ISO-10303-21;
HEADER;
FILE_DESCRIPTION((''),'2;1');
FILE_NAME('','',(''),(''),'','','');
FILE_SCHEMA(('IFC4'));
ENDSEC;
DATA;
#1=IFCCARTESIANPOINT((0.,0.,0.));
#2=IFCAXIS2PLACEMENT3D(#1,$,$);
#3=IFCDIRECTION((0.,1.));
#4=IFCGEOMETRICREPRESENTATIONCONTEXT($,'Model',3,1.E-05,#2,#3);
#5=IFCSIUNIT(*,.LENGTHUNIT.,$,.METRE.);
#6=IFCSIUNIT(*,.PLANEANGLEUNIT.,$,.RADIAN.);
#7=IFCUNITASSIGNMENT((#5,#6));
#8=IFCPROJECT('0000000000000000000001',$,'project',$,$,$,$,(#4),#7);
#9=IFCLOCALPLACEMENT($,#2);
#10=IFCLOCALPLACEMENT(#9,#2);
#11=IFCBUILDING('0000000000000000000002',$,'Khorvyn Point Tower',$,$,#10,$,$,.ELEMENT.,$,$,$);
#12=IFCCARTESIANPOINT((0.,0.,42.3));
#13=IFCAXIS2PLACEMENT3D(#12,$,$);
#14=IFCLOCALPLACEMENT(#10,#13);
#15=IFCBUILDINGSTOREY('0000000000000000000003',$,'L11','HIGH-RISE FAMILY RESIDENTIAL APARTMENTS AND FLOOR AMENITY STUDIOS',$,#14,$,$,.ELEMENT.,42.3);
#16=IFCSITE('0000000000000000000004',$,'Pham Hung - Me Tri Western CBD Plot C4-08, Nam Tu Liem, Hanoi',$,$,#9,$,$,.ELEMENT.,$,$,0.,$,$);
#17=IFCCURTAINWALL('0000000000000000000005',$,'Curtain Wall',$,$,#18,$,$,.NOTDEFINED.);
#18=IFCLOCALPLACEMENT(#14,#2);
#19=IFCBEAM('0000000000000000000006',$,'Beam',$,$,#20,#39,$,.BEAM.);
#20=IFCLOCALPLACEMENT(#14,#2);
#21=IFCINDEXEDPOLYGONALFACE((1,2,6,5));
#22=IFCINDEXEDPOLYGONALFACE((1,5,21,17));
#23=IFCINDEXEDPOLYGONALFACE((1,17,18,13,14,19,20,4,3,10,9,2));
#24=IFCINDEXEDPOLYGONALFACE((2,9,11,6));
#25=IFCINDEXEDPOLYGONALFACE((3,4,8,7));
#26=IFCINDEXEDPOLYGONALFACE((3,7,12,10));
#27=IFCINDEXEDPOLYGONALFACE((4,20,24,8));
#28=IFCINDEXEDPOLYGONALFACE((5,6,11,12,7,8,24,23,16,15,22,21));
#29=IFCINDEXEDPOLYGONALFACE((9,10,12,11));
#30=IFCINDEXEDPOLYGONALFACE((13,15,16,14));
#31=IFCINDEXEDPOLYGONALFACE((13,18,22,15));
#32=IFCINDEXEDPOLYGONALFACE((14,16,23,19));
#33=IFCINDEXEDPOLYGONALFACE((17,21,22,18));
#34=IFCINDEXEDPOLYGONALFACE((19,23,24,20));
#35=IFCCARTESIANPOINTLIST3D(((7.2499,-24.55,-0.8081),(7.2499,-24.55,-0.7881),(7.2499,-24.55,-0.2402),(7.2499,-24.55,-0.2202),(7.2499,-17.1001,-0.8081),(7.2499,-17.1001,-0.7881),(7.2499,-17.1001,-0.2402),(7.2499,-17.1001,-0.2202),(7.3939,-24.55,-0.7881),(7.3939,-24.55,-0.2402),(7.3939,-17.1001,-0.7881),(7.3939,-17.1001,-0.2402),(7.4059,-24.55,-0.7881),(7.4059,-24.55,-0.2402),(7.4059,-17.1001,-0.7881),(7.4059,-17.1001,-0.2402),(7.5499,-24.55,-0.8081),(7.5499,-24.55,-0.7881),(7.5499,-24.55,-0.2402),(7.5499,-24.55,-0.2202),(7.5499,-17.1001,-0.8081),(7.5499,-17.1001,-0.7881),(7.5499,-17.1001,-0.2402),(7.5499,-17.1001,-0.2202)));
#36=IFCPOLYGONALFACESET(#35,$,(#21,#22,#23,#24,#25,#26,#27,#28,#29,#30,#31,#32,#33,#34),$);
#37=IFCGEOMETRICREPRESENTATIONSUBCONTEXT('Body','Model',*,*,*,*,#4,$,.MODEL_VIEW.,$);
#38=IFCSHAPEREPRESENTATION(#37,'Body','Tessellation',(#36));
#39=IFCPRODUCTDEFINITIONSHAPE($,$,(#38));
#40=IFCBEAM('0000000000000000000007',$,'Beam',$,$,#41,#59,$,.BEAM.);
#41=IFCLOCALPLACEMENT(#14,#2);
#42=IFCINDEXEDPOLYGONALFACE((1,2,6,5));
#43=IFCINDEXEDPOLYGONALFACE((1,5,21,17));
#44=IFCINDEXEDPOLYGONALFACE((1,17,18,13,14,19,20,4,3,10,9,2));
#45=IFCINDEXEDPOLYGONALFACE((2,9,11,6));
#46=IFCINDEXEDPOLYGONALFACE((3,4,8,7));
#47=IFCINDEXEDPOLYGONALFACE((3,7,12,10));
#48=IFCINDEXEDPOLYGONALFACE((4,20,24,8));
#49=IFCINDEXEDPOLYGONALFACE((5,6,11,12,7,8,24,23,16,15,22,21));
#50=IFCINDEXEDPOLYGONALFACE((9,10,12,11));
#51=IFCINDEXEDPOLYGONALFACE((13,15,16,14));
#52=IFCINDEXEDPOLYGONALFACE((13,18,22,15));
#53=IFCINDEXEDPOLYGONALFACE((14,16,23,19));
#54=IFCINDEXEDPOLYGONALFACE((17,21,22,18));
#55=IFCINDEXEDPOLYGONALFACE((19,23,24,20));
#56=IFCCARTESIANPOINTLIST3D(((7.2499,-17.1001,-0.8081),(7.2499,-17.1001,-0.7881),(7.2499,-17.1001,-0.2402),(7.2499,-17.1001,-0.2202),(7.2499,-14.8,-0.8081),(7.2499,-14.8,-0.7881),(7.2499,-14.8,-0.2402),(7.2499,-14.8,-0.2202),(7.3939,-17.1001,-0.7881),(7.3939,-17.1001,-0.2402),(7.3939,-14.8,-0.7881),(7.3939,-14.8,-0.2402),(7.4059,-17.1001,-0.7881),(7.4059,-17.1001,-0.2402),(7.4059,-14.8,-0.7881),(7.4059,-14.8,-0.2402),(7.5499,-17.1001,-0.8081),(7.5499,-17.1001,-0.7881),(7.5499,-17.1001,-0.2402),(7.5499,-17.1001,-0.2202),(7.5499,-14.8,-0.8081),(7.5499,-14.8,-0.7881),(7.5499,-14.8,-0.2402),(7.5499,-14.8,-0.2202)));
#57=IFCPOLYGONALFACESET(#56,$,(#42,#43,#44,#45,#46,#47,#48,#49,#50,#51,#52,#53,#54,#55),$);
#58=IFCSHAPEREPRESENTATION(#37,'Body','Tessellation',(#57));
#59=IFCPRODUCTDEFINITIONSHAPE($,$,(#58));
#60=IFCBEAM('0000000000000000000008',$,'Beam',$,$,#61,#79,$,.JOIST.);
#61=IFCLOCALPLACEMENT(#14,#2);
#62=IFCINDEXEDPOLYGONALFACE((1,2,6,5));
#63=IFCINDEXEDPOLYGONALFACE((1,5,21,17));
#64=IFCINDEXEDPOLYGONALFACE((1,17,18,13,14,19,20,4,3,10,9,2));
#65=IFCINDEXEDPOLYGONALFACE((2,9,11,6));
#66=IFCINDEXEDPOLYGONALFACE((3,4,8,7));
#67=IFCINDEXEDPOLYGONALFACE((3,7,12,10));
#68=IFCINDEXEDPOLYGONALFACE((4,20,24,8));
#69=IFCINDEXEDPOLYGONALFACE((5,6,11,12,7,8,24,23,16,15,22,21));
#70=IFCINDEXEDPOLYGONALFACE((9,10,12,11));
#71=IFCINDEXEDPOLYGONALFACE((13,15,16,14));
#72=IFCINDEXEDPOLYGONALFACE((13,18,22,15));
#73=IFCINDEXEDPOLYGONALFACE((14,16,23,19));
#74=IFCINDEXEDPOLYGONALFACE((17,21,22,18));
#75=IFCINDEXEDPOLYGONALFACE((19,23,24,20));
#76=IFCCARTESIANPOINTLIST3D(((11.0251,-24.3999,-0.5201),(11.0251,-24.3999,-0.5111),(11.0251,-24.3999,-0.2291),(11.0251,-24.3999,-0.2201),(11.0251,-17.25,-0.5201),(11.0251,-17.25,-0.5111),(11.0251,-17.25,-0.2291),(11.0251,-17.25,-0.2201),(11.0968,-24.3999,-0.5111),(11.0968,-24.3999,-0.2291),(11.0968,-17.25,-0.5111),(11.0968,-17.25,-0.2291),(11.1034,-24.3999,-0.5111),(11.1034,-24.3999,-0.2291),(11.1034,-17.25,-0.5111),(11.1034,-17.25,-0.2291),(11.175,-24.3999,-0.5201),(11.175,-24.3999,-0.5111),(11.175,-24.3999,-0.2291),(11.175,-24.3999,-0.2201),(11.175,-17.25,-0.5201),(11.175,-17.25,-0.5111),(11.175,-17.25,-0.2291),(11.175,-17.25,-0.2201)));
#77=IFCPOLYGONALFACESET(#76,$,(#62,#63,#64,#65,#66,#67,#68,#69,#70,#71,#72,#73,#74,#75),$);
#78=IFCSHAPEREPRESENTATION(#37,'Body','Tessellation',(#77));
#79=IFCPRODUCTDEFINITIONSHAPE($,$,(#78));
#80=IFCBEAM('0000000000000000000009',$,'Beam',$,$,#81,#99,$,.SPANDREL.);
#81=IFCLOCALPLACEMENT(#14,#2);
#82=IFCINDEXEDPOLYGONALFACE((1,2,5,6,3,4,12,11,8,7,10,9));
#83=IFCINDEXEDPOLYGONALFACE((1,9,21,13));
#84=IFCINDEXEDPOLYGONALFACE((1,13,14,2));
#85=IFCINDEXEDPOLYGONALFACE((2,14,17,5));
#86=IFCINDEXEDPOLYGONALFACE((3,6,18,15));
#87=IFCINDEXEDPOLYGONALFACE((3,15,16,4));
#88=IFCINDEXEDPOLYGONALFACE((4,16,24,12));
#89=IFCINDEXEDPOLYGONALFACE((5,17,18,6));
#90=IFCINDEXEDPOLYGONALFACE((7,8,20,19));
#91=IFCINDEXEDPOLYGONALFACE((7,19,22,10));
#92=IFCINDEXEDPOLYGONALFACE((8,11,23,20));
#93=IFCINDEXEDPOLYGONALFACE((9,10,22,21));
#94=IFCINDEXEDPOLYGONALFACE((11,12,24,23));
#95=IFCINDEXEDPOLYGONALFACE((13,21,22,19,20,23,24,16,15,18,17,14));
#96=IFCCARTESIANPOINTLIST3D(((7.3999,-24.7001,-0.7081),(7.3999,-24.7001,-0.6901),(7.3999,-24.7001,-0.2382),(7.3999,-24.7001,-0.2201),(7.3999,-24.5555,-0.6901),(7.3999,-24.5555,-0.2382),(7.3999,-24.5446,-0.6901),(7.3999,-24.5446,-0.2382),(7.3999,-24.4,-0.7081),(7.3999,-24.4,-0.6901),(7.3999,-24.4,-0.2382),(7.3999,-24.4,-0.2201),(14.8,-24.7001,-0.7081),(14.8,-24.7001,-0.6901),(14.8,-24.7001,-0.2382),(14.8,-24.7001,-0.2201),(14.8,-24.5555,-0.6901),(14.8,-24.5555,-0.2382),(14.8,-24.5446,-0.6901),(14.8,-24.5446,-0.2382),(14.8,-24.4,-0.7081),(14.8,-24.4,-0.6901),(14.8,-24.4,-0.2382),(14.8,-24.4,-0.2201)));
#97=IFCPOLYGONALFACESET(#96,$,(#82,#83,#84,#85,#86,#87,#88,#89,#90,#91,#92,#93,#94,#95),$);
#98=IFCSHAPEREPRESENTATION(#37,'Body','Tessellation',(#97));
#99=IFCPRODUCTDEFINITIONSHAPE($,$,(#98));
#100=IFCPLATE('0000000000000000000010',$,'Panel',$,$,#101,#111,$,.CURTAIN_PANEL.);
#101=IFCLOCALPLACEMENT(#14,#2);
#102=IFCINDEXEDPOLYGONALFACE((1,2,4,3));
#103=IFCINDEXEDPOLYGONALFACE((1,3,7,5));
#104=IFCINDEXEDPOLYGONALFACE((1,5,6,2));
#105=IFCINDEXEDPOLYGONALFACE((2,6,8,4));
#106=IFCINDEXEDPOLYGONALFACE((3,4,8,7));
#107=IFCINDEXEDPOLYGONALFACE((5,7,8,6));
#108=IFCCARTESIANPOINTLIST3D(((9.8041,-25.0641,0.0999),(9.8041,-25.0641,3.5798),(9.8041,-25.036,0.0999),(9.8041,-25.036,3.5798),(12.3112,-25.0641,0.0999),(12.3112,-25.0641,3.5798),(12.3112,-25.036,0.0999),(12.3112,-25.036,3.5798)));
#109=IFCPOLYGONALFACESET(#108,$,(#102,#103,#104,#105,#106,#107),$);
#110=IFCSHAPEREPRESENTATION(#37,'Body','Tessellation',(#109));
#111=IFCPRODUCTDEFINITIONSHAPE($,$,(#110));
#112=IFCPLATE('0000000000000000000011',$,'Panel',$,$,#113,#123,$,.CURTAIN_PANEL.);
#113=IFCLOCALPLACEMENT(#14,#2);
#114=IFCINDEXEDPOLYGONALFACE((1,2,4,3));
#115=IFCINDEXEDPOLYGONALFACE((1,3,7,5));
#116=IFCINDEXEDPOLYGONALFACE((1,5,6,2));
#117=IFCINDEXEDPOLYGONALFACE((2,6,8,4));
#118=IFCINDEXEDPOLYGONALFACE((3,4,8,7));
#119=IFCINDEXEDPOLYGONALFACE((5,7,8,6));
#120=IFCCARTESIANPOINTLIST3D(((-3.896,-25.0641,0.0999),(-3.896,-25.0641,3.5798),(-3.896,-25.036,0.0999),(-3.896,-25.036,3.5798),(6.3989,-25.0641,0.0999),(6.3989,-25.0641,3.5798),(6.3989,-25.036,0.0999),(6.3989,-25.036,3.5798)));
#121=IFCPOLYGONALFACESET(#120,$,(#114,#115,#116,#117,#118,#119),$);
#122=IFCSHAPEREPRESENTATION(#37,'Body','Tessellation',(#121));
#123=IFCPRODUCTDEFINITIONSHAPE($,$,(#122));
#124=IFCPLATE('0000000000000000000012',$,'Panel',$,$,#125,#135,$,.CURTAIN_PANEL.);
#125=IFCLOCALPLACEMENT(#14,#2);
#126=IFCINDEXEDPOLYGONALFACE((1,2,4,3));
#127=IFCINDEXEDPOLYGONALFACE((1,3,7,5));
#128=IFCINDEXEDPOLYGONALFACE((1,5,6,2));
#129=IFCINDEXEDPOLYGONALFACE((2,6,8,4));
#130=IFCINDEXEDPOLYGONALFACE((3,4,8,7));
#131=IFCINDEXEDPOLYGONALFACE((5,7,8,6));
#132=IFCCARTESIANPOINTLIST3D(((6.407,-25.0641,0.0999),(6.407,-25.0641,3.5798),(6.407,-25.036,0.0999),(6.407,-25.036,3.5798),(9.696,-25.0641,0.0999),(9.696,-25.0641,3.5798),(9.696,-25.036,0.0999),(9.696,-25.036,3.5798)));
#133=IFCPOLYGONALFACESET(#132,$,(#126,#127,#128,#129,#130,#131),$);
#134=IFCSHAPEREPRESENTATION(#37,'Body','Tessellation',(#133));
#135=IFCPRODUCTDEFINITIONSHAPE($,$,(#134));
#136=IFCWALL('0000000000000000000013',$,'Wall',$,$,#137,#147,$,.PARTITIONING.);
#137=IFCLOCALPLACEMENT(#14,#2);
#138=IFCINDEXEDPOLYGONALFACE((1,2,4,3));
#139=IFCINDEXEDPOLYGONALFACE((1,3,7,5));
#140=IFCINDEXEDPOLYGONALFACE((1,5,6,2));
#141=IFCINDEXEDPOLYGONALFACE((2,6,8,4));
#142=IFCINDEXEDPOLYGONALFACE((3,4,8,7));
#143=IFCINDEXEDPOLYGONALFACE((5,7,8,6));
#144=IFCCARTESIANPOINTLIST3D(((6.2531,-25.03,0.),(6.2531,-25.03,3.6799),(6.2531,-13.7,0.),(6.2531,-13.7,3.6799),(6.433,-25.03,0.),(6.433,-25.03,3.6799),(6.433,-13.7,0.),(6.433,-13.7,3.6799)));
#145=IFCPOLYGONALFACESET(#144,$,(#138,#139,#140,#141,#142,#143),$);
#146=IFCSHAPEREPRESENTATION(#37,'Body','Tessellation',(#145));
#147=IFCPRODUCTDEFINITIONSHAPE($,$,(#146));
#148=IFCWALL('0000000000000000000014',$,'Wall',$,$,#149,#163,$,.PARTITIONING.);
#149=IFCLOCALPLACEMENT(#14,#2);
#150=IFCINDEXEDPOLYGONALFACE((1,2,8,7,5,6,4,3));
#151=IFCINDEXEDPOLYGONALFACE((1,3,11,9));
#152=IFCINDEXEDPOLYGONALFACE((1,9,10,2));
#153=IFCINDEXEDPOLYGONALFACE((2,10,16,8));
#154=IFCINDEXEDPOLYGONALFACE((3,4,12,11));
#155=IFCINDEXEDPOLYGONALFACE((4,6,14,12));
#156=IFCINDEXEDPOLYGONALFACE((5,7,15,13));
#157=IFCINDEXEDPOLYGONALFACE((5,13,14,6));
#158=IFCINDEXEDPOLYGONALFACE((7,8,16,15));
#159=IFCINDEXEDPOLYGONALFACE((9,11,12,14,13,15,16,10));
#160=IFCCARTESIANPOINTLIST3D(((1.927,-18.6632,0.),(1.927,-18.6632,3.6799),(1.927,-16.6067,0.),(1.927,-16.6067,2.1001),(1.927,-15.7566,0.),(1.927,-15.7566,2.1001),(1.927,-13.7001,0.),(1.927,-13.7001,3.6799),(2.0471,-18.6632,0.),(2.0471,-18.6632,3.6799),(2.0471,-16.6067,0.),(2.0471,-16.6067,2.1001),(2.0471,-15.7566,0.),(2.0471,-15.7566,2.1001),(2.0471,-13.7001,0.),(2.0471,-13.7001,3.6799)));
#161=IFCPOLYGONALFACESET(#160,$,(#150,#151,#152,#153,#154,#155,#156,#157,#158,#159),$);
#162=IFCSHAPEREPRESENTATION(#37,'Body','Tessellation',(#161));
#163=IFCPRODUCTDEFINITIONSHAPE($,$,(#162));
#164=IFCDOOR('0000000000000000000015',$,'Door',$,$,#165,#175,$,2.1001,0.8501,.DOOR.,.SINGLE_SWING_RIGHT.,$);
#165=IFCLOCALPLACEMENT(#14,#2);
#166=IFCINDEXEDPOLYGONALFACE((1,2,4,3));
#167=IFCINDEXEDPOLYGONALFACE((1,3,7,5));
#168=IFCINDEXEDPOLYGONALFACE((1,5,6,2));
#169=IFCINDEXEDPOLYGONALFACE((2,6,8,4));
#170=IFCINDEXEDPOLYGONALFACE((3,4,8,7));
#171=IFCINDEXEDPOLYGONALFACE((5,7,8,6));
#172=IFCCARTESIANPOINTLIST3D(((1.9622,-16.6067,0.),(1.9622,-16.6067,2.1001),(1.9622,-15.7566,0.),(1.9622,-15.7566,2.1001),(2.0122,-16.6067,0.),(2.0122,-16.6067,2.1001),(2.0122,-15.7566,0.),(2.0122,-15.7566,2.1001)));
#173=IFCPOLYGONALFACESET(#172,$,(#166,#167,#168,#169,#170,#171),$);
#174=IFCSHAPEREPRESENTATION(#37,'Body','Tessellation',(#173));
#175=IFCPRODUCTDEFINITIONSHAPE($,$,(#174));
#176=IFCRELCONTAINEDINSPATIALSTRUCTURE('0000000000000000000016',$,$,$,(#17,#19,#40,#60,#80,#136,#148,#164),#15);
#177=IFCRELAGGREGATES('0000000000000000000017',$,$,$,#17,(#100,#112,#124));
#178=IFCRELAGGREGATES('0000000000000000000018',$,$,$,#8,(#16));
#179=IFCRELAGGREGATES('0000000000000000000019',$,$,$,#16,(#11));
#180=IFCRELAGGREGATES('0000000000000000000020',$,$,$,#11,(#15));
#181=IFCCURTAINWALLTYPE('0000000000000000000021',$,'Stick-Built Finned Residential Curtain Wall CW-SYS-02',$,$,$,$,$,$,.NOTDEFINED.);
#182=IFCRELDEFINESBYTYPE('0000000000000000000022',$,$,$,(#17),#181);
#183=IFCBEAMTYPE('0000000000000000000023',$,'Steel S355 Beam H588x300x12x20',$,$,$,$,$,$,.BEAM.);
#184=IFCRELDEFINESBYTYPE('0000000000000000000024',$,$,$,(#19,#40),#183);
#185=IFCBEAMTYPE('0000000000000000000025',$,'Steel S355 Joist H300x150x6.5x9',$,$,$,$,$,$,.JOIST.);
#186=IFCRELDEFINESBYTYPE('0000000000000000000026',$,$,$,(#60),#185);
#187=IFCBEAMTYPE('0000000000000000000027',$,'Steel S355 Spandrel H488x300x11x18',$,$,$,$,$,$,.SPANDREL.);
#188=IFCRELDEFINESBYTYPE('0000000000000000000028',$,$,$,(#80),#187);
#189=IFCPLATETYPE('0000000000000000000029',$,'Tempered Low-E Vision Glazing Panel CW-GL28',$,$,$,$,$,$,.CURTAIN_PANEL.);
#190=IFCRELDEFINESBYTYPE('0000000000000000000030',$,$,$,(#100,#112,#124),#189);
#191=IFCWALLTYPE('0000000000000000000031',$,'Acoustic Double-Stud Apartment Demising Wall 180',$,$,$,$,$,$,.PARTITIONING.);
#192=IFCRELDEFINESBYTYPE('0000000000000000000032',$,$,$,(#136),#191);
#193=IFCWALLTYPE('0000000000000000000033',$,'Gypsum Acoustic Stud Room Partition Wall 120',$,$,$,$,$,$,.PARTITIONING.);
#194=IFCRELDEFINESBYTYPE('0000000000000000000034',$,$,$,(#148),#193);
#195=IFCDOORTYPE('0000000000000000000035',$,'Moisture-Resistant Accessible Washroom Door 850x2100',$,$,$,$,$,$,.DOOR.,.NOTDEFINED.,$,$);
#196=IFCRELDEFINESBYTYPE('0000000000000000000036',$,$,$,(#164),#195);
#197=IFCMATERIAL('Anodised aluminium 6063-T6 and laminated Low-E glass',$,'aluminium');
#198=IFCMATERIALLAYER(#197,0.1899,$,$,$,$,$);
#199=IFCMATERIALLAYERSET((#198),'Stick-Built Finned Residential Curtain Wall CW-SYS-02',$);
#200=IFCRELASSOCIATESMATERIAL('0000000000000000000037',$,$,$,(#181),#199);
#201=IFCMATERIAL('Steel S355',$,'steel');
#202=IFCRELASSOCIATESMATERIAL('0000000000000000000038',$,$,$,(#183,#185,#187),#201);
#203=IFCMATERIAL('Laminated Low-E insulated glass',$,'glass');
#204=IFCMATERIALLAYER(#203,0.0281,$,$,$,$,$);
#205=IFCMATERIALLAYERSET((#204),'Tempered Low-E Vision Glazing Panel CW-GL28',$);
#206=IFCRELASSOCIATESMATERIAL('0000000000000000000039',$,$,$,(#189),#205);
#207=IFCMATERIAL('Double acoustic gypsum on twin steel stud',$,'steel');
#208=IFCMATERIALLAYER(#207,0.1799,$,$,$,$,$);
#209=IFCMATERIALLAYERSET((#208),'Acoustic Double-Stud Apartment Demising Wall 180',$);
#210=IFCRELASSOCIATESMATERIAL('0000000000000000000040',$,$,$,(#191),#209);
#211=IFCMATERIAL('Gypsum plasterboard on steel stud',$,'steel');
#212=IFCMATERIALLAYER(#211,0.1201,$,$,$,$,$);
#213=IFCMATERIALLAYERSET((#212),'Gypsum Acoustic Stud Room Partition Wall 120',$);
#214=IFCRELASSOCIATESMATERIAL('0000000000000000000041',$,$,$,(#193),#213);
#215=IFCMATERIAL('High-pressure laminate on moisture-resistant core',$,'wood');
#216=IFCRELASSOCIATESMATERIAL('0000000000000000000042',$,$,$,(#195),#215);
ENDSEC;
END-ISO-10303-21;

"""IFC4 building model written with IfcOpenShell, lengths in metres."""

from ifc_helpers import new_model, si_unit, direction, frame, frame_2d, origin, origin_2d, place, context, subcontext, project, spatial, rectangle, i_section, extrude, material, layer, layer_set, material_profile, profile_set, type_object, element, fill, aggregate, save


model = new_model("IFC4")

# Units and contexts
model_context = context("Model", 3, precision=1e-05, world=origin(), true_north=direction((0.0, 1.0)))
body_context = subcontext(model_context, "Body", "Model", "MODEL_VIEW")
ifc_project = project(units=[si_unit("LENGTHUNIT", "METRE"), si_unit("PLANEANGLEUNIT", "RADIAN")], contexts=[model_context])

# Site, building, storey
site_placement = place(None, origin())
site = spatial("IfcSite", under=ifc_project, at=site_placement, Name="Pham Hung - Me Tri Western CBD Plot C4-08, Nam Tu Liem, Hanoi", CompositionType="ELEMENT", RefElevation=0.0)
building_placement = place(site_placement, origin())
building = spatial("IfcBuilding", under=site, at=building_placement, Name="Khorvyn Point Tower", CompositionType="ELEMENT")
storey_placement = place(building_placement, frame((0.0, 0.0, 42.3)))
storey = spatial("IfcBuildingStorey", under=building, at=storey_placement, Name="L11", Description="HIGH-RISE FAMILY RESIDENTIAL APARTMENTS AND FLOOR AMENITY STUDIOS", CompositionType="ELEMENT", Elevation=42.3)

# Curtain wall
ifc_material_1 = material(Name="Anodised aluminium 6063-T6 and laminated Low-E glass", Category="aluminium")
ifc_layer_1 = layer(ifc_material_1, 0.1899)
ifc_layer_set_1 = layer_set([ifc_layer_1], Name="Stick-Built Finned Residential Curtain Wall CW-SYS-02")
curtain_wall_type = type_object("IfcCurtainWallType", Name="Stick-Built Finned Residential Curtain Wall CW-SYS-02", PredefinedType="NOTDEFINED", material=ifc_layer_set_1)
curtain_wall_placement = place(storey_placement, origin())
curtain_wall = element("IfcCurtainWall", 1, at=curtain_wall_placement, inside=storey, type_object=curtain_wall_type, Name="Curtain Wall", PredefinedType="NOTDEFINED")

# Beams
ifc_material_2 = material(Name="Steel S355", Category="steel")
ifc_material_profile_1 = material_profile(ifc_material_2, i_section(OverallWidth=0.3, OverallDepth=0.5879, WebThickness=0.012, FlangeThickness=0.02, at=origin_2d()))
ifc_profile_set_1 = profile_set([ifc_material_profile_1], Name="Steel S355 H588x300x12x20")
beam_type_1 = type_object("IfcBeamType", Name="Steel S355 Beam H588x300x12x20", PredefinedType="BEAM", material=ifc_profile_set_1)
beam_1_placement = place(storey_placement, frame((7.3999, -24.55, -0.5142), z_axis=(0.0, 1.0, 0.0), x_axis=(-1.0, 0.0, 0.0)))
element("IfcBeam", 2, at=beam_1_placement, inside=storey, type_object=beam_type_1, Name="Beam", PredefinedType="BEAM", context=body_context, shape_type="SweptSolid", body=[
    extrude(i_section(OverallWidth=0.3, OverallDepth=0.5879, WebThickness=0.012, FlangeThickness=0.02, at=origin_2d()), origin(), (0.0, 0.0, 1.0), 7.45),
])
beam_2_placement = place(storey_placement, frame((7.3999, -17.1001, -0.5142), z_axis=(0.0, 1.0, 0.0), x_axis=(-1.0, 0.0, 0.0)))
element("IfcBeam", 3, at=beam_2_placement, inside=storey, type_object=beam_type_1, Name="Beam", PredefinedType="BEAM", context=body_context, shape_type="SweptSolid", body=[
    extrude(i_section(OverallWidth=0.3, OverallDepth=0.5879, WebThickness=0.012, FlangeThickness=0.02, at=origin_2d()), origin(), (0.0, 0.0, 1.0), 2.3),
])
ifc_material_profile_2 = material_profile(ifc_material_2, i_section(OverallWidth=0.1499, OverallDepth=0.3, WebThickness=0.0066, FlangeThickness=0.009, at=origin_2d()))
ifc_profile_set_2 = profile_set([ifc_material_profile_2], Name="Steel S355 H300x150x6.5x9")
beam_type_2 = type_object("IfcBeamType", Name="Steel S355 Joist H300x150x6.5x9", PredefinedType="JOIST", material=ifc_profile_set_2)
beam_3_placement = place(storey_placement, frame((11.1001, -24.3999, -0.3701), z_axis=(0.0, 1.0, 0.0), x_axis=(-1.0, 0.0, 0.0)))
element("IfcBeam", 4, at=beam_3_placement, inside=storey, type_object=beam_type_2, Name="Beam", PredefinedType="JOIST", context=body_context, shape_type="SweptSolid", body=[
    extrude(i_section(OverallWidth=0.1499, OverallDepth=0.3, WebThickness=0.0066, FlangeThickness=0.009, at=origin_2d()), origin(), (0.0, 0.0, 1.0), 7.1499),
])
ifc_material_profile_3 = material_profile(ifc_material_2, i_section(OverallWidth=0.3, OverallDepth=0.488, WebThickness=0.011, FlangeThickness=0.0181, at=origin_2d()))
ifc_profile_set_3 = profile_set([ifc_material_profile_3], Name="Steel S355 H488x300x11x18")
beam_type_3 = type_object("IfcBeamType", Name="Steel S355 Spandrel H488x300x11x18", PredefinedType="SPANDREL", material=ifc_profile_set_3)
beam_4_placement = place(storey_placement, frame((7.3999, -24.55, -0.4641), z_axis=(1.0, 0.0, 0.0), x_axis=(0.0, 1.0, 0.0)))
element("IfcBeam", 5, at=beam_4_placement, inside=storey, type_object=beam_type_3, Name="Beam", PredefinedType="SPANDREL", context=body_context, shape_type="SweptSolid", body=[
    extrude(i_section(OverallWidth=0.3, OverallDepth=0.488, WebThickness=0.011, FlangeThickness=0.0181, at=origin_2d()), origin(), (0.0, 0.0, 1.0), 7.4001),
])

# Plates
ifc_material_3 = material(Name="Laminated Low-E insulated glass", Category="glass")
ifc_layer_2 = layer(ifc_material_3, 0.0281)
ifc_layer_set_2 = layer_set([ifc_layer_2], Name="Tempered Low-E Vision Glazing Panel CW-GL28")
plate_type = type_object("IfcPlateType", Name="Tempered Low-E Vision Glazing Panel CW-GL28", PredefinedType="CURTAIN_PANEL", material=ifc_layer_set_2)
plate_1_placement = place(storey_placement, frame((11.0576, -25.05, 0.0999), z_axis=(0.0, 0.0, 1.0), x_axis=(-1.0, 0.0, 0.0)))
plate_1 = element("IfcPlate", 6, at=plate_1_placement, type_object=plate_type, Name="Panel", PredefinedType="CURTAIN_PANEL", context=body_context, shape_type="SweptSolid", body=[
    extrude(rectangle(XDim=2.5071, YDim=0.0281, at=origin_2d()), origin(), (0.0, 0.0, 1.0), 3.48),
])
plate_2_placement = place(storey_placement, frame((1.2515, -25.05, 0.0999), z_axis=(0.0, 0.0, 1.0), x_axis=(-1.0, 0.0, 0.0)))
plate_2 = element("IfcPlate", 7, at=plate_2_placement, type_object=plate_type, Name="Panel", PredefinedType="CURTAIN_PANEL", context=body_context, shape_type="SweptSolid", body=[
    extrude(rectangle(XDim=10.2949, YDim=0.0281, at=origin_2d()), origin(), (0.0, 0.0, 1.0), 3.48),
])
plate_3_placement = place(storey_placement, frame((8.0515, -25.05, 0.0999), z_axis=(0.0, 0.0, 1.0), x_axis=(-1.0, 0.0, 0.0)))
plate_3 = element("IfcPlate", 8, at=plate_3_placement, type_object=plate_type, Name="Panel", PredefinedType="CURTAIN_PANEL", context=body_context, shape_type="SweptSolid", body=[
    extrude(rectangle(XDim=3.2891, YDim=0.0281, at=origin_2d()), origin(), (0.0, 0.0, 1.0), 3.48),
])
aggregate(curtain_wall, [plate_1, plate_2, plate_3])

# Wall
ifc_material_4 = material(Name="Double acoustic gypsum on twin steel stud", Category="steel")
ifc_layer_3 = layer(ifc_material_4, 0.1799)
ifc_layer_set_3 = layer_set([ifc_layer_3], Name="Acoustic Double-Stud Apartment Demising Wall 180")
wall_type_1 = type_object("IfcWallType", Name="Acoustic Double-Stud Apartment Demising Wall 180", PredefinedType="PARTITIONING", material=ifc_layer_set_3)
wall_1_placement = place(storey_placement, frame((6.343, -25.03, 0.0), z_axis=(0.0, 0.0, 1.0), x_axis=(0.0, 1.0, 0.0)))
element("IfcWall", 9, at=wall_1_placement, inside=storey, type_object=wall_type_1, Name="Wall", PredefinedType="PARTITIONING", context=body_context, shape_type="SweptSolid", body=[
    extrude(rectangle(XDim=11.3301, YDim=0.1799, at=frame_2d((5.665, 0.0))), origin(), (0.0, 0.0, 1.0), 3.6799),
])

# Wall, opening, door
ifc_material_5 = material(Name="Gypsum plasterboard on steel stud", Category="steel")
ifc_layer_4 = layer(ifc_material_5, 0.1201)
ifc_layer_set_4 = layer_set([ifc_layer_4], Name="Gypsum Acoustic Stud Room Partition Wall 120")
wall_type_2 = type_object("IfcWallType", Name="Gypsum Acoustic Stud Room Partition Wall 120", PredefinedType="PARTITIONING", material=ifc_layer_set_4)
wall_2_placement = place(storey_placement, frame((1.9871, -18.6631, 0.0), z_axis=(0.0, 0.0, 1.0), x_axis=(0.0, 1.0, 0.0)))
wall_2 = element("IfcWall", 10, at=wall_2_placement, inside=storey, type_object=wall_type_2, Name="Wall", PredefinedType="PARTITIONING", context=body_context, shape_type="SweptSolid", body=[
    extrude(rectangle(XDim=4.9631, YDim=0.1201, at=frame_2d((2.4814, 0.0))), origin(), (0.0, 0.0, 1.0), 3.6799),
])
opening_1_placement = place(wall_2_placement, frame((2.0564, 0.0, 0.0)))
opening_1 = element("IfcOpeningElement", 11, at=opening_1_placement, cuts=wall_2, PredefinedType="OPENING", context=body_context, shape_type="SweptSolid", body=[
    extrude(rectangle(XDim=0.8501, YDim=2.1001, at=frame_2d((0.425, 1.05))), frame((0.0, 0.0701, 0.0), z_axis=(0.0, -1.0, 0.0), x_axis=(1.0, 0.0, 0.0)), (0.0, 0.0, 1.0), 0.1401),
])
ifc_material_6 = material(Name="High-pressure laminate on moisture-resistant core", Category="wood")
door_type_1 = type_object("IfcDoorType", Name="Moisture-Resistant Accessible Washroom Door 850x2100", OperationType="NOTDEFINED", PredefinedType="DOOR", material=ifc_material_6)
door_1_placement = place(opening_1_placement, origin())
door_1 = element("IfcDoor", 12, at=door_1_placement, inside=storey, type_object=door_type_1, Name="Door", OperationType="SINGLE_SWING_RIGHT", OverallHeight=2.1001, OverallWidth=0.8501, PredefinedType="DOOR", context=body_context, shape_type="SweptSolid", body=[
    extrude(rectangle(XDim=0.8501, YDim=2.1001, at=frame_2d((0.425, 1.05))), frame((0.0, 0.0249, 0.0), z_axis=(0.0, -1.0, 0.0), x_axis=(1.0, 0.0, 0.0)), (0.0, 0.0, 1.0), 0.05),
])
fill(opening_1, door_1)

save(model, "model.ifc")
